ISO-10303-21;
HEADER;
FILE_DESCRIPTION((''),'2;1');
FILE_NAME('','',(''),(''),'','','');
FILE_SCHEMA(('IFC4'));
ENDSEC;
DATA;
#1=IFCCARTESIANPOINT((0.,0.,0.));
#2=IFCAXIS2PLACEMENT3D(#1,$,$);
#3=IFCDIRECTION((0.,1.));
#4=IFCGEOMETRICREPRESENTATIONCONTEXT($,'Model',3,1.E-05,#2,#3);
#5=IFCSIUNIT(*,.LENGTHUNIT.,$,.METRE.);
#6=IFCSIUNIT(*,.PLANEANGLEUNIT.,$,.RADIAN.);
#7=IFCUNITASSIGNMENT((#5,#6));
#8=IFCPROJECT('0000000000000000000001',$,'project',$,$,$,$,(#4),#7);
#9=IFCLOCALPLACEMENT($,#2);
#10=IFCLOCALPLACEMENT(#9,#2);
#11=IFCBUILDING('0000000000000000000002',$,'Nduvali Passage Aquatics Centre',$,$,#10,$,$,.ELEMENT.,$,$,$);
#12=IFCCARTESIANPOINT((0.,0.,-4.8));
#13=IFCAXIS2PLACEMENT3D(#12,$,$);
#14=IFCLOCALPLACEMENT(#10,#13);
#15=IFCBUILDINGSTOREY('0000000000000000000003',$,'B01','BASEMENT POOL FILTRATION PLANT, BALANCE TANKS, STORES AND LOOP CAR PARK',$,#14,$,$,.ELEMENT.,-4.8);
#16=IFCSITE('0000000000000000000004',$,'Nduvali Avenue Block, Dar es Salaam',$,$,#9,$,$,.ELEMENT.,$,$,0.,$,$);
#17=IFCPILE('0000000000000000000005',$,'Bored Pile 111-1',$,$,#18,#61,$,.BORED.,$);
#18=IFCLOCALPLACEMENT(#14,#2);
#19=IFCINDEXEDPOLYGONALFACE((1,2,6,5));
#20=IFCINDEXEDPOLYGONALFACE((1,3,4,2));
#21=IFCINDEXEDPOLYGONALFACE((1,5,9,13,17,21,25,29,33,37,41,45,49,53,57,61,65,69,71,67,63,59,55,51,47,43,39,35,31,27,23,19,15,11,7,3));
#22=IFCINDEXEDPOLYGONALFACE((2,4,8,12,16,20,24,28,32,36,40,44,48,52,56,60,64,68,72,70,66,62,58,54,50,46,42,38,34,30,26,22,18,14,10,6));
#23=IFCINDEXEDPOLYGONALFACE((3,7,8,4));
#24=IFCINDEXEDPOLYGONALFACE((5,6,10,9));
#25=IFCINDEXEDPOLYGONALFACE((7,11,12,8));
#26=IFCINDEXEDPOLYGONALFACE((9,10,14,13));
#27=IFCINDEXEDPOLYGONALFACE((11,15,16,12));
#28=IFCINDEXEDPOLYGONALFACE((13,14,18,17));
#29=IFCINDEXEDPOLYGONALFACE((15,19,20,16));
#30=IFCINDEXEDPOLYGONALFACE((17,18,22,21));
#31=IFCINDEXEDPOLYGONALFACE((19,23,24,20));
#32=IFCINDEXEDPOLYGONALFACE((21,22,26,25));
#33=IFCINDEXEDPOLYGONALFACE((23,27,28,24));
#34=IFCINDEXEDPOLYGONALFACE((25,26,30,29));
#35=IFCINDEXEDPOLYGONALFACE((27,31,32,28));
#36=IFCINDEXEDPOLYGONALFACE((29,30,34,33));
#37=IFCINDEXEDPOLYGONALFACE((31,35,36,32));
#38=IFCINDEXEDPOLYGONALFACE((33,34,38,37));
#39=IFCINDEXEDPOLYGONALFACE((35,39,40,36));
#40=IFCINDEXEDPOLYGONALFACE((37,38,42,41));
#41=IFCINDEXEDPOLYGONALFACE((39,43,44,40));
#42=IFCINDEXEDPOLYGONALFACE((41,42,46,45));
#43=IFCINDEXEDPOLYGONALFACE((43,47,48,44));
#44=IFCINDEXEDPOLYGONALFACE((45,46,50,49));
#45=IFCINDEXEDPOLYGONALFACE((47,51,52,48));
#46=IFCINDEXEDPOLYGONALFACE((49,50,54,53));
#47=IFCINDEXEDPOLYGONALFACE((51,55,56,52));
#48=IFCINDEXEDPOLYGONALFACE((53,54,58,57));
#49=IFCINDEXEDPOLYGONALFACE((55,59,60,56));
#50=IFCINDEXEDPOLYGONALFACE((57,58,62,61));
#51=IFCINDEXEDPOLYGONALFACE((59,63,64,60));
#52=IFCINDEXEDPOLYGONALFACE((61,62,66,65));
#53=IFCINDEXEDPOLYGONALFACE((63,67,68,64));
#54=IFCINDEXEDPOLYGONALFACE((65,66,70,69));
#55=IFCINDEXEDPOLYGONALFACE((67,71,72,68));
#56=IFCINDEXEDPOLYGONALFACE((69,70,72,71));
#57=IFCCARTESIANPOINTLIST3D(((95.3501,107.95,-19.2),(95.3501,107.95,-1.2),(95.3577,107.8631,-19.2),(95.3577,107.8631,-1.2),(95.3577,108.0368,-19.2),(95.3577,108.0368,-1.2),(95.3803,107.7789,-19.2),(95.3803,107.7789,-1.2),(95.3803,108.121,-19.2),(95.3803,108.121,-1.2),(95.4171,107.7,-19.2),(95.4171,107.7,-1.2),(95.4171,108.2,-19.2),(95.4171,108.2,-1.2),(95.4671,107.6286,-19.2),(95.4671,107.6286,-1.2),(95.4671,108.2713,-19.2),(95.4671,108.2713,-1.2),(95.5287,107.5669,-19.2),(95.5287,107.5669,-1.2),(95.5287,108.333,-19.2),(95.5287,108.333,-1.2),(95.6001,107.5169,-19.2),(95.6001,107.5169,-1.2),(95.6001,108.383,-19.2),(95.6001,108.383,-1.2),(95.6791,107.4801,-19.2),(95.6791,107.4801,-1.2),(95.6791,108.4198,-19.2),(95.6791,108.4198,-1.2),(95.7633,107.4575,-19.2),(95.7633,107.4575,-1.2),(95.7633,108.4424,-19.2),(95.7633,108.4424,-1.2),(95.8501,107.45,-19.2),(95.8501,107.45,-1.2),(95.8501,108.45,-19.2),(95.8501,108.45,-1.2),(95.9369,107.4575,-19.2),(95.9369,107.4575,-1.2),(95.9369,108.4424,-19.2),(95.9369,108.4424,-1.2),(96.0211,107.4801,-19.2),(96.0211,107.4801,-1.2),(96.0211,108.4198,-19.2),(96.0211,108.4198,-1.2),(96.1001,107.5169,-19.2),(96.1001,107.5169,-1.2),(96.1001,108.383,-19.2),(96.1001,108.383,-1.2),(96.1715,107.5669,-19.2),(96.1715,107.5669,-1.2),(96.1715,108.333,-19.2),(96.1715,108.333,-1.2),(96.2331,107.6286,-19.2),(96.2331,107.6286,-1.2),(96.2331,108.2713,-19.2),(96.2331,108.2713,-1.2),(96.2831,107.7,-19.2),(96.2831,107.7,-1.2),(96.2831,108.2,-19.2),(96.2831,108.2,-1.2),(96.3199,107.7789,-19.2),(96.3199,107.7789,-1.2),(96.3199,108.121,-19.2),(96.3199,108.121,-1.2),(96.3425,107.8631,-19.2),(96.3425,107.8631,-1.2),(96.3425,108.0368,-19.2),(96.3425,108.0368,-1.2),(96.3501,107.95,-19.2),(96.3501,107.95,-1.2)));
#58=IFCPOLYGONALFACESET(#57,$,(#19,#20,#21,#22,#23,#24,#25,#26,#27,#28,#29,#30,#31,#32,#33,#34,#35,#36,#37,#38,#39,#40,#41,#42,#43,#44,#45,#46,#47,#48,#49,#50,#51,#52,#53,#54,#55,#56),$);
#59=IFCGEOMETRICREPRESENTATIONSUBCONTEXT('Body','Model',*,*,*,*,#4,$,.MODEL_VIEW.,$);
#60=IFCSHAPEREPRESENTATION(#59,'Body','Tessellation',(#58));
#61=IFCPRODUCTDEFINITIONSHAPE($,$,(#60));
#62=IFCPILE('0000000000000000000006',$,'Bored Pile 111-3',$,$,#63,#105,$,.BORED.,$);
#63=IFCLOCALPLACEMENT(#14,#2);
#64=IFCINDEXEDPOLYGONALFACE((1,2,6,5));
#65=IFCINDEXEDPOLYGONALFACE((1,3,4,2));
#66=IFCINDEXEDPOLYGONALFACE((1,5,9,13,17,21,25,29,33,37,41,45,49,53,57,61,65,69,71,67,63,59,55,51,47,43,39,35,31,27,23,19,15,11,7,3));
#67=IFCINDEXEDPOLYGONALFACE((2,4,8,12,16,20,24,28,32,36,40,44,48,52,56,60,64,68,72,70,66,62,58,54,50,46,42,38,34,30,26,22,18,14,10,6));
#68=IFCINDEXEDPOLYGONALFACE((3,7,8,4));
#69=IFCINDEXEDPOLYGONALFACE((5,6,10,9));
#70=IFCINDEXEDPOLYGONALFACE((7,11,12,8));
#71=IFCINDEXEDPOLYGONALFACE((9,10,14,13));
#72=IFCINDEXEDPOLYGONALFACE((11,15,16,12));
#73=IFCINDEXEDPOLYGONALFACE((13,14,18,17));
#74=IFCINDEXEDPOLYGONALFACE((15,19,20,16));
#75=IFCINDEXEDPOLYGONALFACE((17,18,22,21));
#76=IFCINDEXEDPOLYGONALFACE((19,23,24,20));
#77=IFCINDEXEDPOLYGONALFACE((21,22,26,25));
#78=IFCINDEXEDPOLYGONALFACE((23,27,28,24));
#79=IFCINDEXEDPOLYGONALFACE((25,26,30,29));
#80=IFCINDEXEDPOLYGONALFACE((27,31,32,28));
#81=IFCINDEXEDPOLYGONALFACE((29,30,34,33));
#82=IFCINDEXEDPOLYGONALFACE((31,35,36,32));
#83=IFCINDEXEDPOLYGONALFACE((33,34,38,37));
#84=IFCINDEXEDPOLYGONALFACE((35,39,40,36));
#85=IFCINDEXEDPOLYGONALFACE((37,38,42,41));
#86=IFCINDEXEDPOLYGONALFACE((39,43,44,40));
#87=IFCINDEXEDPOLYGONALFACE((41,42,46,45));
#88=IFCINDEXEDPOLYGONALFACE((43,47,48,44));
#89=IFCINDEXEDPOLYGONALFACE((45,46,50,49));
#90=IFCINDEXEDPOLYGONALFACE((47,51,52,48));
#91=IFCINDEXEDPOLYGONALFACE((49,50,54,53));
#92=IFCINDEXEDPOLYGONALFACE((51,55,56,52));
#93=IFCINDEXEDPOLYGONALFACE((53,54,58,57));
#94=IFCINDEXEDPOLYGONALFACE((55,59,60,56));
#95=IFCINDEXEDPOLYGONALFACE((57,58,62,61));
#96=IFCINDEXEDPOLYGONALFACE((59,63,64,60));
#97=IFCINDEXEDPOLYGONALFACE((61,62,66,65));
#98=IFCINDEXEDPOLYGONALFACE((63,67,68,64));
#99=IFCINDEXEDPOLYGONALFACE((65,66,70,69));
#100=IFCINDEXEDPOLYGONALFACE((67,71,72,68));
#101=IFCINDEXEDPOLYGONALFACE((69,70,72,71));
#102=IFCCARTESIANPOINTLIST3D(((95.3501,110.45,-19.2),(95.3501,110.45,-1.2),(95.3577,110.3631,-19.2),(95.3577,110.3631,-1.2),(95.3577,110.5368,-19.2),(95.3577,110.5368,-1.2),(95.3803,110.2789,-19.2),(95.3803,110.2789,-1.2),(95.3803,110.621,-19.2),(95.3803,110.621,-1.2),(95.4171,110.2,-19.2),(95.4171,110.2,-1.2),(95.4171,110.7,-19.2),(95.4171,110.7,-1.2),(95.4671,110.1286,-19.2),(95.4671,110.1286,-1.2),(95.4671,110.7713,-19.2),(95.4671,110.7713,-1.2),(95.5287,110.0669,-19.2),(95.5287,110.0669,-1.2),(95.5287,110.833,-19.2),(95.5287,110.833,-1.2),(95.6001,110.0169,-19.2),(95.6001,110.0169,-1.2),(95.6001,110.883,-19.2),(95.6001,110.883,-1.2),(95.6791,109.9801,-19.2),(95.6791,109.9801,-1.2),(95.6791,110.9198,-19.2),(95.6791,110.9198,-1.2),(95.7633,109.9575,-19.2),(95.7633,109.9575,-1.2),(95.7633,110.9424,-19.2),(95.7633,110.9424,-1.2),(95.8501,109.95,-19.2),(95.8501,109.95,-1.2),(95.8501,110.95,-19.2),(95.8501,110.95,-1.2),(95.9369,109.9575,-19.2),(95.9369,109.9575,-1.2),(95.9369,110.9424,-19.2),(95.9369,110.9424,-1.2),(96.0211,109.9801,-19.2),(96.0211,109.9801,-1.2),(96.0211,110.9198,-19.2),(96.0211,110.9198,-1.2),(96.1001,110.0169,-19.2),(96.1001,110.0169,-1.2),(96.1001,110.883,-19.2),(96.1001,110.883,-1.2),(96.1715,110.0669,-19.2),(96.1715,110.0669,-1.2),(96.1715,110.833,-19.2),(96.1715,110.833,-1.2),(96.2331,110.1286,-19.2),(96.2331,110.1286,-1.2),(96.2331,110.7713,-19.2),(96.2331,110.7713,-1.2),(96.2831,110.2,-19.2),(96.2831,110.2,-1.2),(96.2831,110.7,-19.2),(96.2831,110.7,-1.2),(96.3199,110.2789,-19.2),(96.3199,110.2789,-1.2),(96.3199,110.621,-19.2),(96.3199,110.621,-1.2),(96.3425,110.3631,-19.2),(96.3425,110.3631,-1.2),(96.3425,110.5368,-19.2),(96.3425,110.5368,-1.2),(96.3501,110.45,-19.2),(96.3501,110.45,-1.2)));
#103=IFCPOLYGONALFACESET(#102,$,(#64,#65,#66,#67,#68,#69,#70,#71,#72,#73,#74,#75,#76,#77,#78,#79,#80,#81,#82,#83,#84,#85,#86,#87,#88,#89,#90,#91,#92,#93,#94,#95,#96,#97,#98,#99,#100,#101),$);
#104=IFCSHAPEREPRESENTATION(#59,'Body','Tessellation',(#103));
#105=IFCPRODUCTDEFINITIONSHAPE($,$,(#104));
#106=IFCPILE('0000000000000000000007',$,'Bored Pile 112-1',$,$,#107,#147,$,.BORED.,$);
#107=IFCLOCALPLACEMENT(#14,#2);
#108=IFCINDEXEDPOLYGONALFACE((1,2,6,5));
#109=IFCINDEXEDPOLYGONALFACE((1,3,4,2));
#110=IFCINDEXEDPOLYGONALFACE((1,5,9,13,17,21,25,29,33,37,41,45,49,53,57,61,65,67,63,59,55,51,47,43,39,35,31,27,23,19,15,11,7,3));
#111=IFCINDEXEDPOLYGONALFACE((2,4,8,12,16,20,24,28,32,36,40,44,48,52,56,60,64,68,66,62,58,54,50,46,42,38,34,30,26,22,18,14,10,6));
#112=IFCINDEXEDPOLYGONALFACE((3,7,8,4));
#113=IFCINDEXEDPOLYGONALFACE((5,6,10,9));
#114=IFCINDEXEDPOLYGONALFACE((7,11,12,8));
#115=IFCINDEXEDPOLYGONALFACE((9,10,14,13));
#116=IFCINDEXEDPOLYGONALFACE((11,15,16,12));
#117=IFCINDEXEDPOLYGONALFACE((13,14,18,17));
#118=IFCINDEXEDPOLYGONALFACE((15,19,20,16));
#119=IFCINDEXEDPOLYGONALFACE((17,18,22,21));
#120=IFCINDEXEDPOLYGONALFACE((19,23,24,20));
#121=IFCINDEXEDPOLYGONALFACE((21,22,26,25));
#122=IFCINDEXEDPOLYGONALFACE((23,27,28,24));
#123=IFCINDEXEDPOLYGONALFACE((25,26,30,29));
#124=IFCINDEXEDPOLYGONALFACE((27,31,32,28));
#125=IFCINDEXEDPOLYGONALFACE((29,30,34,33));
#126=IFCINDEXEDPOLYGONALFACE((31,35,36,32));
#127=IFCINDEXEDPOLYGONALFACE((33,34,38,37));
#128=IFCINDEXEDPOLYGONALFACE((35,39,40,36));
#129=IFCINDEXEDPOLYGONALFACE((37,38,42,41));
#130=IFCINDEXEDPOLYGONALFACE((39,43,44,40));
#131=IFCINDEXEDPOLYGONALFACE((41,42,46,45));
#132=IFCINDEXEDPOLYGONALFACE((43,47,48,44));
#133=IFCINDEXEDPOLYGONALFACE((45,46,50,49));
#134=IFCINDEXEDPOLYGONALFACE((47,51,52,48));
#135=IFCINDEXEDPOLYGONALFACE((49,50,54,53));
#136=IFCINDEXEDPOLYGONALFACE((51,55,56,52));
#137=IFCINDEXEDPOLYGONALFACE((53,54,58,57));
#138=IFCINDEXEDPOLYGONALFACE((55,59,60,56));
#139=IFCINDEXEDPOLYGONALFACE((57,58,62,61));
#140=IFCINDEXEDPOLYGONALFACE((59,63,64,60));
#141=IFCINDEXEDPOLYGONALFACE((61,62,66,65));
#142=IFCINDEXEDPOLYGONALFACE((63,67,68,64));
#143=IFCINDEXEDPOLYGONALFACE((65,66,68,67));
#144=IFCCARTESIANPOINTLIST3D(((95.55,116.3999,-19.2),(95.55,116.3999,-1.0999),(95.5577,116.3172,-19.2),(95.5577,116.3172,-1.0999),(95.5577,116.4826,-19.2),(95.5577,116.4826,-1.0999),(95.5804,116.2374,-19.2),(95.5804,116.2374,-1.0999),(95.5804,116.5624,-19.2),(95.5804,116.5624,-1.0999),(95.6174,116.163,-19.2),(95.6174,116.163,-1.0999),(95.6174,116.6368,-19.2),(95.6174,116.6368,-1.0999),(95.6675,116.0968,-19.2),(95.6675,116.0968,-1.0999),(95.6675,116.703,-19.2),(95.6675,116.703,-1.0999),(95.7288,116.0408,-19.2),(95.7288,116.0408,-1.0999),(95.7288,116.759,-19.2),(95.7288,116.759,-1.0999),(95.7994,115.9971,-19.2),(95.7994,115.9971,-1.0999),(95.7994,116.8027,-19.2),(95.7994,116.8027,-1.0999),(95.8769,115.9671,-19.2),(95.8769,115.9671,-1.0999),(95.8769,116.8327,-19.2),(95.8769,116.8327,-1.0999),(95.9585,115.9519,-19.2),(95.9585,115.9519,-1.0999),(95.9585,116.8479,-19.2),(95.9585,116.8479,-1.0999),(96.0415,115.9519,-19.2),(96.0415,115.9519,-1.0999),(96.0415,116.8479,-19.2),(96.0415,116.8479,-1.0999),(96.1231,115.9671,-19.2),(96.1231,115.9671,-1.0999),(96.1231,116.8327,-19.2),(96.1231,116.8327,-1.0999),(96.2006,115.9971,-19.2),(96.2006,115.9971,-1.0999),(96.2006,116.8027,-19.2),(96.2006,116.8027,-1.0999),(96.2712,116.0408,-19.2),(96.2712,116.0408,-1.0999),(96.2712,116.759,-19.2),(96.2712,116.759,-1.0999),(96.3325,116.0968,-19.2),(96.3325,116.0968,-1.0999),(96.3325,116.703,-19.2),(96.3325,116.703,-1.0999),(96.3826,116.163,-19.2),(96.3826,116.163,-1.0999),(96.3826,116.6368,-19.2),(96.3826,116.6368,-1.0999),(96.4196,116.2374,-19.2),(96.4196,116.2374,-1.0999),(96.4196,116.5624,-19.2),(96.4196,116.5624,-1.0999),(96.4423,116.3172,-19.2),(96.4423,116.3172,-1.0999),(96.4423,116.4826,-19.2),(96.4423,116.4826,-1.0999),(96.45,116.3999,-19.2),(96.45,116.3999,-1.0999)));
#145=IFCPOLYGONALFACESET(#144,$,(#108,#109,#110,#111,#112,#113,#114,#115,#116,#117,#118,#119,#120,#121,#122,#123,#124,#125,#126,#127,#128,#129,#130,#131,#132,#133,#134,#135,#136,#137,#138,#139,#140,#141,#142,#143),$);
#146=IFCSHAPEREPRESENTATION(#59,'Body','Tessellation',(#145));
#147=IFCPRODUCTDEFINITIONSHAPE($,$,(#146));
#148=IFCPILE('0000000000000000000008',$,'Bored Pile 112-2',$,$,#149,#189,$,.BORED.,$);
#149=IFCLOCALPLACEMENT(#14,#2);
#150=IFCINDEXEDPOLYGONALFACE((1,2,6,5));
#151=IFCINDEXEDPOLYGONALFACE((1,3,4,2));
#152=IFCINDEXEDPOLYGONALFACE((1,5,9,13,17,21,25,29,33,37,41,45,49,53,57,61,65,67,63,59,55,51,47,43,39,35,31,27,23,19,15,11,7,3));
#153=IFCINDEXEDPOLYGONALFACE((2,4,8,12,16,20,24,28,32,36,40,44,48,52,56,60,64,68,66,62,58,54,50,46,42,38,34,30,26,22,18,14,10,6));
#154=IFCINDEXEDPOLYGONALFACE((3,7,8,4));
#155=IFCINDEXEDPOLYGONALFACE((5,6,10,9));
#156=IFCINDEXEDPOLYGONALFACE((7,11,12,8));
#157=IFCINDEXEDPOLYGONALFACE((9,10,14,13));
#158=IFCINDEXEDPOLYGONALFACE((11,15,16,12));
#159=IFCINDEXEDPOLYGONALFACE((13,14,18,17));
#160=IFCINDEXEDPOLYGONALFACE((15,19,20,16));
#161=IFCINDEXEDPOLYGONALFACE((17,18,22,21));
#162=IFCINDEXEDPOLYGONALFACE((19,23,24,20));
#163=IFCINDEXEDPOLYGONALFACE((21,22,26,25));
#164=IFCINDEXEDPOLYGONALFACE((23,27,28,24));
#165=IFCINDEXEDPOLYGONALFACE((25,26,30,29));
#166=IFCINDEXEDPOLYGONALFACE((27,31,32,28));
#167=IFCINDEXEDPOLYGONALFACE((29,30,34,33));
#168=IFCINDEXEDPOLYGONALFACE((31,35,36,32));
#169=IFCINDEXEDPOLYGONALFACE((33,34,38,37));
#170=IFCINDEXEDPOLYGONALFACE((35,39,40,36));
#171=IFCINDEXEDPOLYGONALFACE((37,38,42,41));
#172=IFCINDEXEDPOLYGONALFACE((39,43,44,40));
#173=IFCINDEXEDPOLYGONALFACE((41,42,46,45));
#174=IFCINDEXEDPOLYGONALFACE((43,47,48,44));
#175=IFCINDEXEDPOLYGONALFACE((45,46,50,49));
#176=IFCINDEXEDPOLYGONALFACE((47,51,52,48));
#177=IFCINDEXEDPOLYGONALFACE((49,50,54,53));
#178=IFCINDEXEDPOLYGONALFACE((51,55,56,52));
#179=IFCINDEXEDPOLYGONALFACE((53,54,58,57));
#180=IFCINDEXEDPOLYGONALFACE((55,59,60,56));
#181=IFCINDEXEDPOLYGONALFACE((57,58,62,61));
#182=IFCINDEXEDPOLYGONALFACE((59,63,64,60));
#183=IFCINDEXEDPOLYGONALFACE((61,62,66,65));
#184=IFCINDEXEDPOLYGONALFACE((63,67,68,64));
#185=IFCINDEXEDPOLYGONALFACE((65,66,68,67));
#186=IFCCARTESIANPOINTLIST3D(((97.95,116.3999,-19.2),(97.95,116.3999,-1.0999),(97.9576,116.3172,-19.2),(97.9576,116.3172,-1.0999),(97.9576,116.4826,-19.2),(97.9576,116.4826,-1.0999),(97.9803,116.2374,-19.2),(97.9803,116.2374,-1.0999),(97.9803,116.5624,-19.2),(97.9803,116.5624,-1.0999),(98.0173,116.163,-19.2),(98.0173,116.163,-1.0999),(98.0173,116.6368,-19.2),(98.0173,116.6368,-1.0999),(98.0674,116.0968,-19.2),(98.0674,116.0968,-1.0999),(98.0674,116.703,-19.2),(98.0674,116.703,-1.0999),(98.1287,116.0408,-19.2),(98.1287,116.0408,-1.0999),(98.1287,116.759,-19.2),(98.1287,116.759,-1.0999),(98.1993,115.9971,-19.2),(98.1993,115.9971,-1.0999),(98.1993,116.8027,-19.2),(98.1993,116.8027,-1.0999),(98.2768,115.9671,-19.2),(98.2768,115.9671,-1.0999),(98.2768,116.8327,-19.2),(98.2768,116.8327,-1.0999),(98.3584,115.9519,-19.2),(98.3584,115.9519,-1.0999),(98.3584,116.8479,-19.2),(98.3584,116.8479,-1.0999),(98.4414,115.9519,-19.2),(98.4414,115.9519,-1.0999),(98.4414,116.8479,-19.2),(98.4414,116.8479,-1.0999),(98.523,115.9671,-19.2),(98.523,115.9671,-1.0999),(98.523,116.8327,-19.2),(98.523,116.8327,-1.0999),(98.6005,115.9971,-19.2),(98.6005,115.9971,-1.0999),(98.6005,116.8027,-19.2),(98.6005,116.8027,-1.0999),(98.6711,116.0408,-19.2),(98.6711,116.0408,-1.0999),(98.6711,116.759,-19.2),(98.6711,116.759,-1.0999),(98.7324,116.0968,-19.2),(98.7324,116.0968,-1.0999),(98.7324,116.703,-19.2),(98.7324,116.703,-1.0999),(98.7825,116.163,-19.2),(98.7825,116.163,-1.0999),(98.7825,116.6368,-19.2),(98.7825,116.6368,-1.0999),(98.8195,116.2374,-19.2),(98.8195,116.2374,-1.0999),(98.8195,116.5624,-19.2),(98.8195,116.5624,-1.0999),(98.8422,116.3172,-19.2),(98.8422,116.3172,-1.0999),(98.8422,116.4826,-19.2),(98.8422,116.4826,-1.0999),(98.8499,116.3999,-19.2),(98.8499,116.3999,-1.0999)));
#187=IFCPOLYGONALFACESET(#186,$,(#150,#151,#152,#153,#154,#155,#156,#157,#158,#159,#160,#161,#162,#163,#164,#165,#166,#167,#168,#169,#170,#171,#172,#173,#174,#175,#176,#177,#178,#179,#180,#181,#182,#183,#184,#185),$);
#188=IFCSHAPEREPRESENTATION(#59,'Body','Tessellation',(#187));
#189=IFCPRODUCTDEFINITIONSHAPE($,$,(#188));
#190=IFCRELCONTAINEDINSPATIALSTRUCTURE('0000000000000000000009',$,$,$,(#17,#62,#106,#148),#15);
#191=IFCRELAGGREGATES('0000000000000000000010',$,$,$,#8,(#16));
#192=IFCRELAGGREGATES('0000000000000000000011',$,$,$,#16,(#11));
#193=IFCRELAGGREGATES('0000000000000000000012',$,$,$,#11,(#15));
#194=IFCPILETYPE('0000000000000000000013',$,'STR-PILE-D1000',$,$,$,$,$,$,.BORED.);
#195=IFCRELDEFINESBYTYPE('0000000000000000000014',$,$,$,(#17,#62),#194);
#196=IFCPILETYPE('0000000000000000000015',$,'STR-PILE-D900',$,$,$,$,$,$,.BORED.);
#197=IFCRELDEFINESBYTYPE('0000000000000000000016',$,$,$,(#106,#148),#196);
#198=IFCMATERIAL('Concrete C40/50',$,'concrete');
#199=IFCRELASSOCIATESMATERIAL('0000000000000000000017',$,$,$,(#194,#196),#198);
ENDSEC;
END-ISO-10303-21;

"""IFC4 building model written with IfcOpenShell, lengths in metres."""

from ifc_helpers import new_model, si_unit, direction, frame, origin, origin_2d, place, context, subcontext, project, spatial, circle, extrude, material, material_profile, profile_set, type_object, element, save


model = new_model("IFC4")

# Units and contexts
model_context = context("Model", 3, precision=1e-05, world=origin(), true_north=direction((0.0, 1.0)))
body_context = subcontext(model_context, "Body", "Model", "MODEL_VIEW")
ifc_project = project(units=[si_unit("LENGTHUNIT", "METRE"), si_unit("PLANEANGLEUNIT", "RADIAN")], contexts=[model_context])

# Site, building, storey
site_placement = place(None, origin())
site = spatial("IfcSite", under=ifc_project, at=site_placement, Name="Nduvali Avenue Block, Dar es Salaam", CompositionType="ELEMENT", RefElevation=0.0)
building_placement = place(site_placement, origin())
building = spatial("IfcBuilding", under=site, at=building_placement, Name="Nduvali Passage Aquatics Centre", CompositionType="ELEMENT")
storey_placement = place(building_placement, frame((0.0, 0.0, -4.8)))
storey = spatial("IfcBuildingStorey", under=building, at=storey_placement, Name="B01", Description="BASEMENT POOL FILTRATION PLANT, BALANCE TANKS, STORES AND LOOP CAR PARK", CompositionType="ELEMENT", Elevation=-4.8)

# Shared definitions
ifc_material_1 = material(Name="Concrete C40/50", Category="concrete")

# Piles
ifc_material_profile_1 = material_profile(ifc_material_1, circle(Radius=0.5, at=origin_2d()), Name="PILE D1000")
ifc_profile_set_1 = profile_set([ifc_material_profile_1], Name="Concrete C40/50")
pile_type_1 = type_object("IfcPileType", Name="STR-PILE-D1000", PredefinedType="BORED", material=ifc_profile_set_1)
for number, where, z_axis, x_axis, name in (
    (1, (95.8501, 107.95, -1.2), (0.0, 0.0, -1.0), (1.0, 0.0, 0.0), "Bored Pile 111-1"),
    (2, (95.8501, 110.45, -1.2), (0.0, 0.0, -1.0), (1.0, 0.0, 0.0), "Bored Pile 111-3"),
):
    element("IfcPile", number, at=place(storey_placement, frame(where, z_axis=z_axis, x_axis=x_axis)), inside=storey, type_object=pile_type_1, Name=name, PredefinedType="BORED", context=body_context, shape_type="SweptSolid", body=[
        extrude(circle(Radius=0.5, at=origin_2d()), origin(), (0.0, 0.0, 1.0), 18.0),
    ])
ifc_material_profile_2 = material_profile(ifc_material_1, circle(Radius=0.45, at=origin_2d()), Name="PILE D900")
ifc_profile_set_2 = profile_set([ifc_material_profile_2], Name="Concrete C40/50")
pile_type_2 = type_object("IfcPileType", Name="STR-PILE-D900", PredefinedType="BORED", material=ifc_profile_set_2)
for number, where, z_axis, x_axis, name in (
    (3, (96.0, 116.3999, -1.0999), (0.0, 0.0, -1.0), (1.0, 0.0, 0.0), "Bored Pile 112-1"),
    (4, (98.3999, 116.3999, -1.0999), (0.0, 0.0, -1.0), (1.0, 0.0, 0.0), "Bored Pile 112-2"),
):
    element("IfcPile", number, at=place(storey_placement, frame(where, z_axis=z_axis, x_axis=x_axis)), inside=storey, type_object=pile_type_2, Name=name, PredefinedType="BORED", context=body_context, shape_type="SweptSolid", body=[
        extrude(circle(Radius=0.45, at=origin_2d()), origin(), (0.0, 0.0, 1.0), 18.1001),
    ])

save(model, "model.ifc")
